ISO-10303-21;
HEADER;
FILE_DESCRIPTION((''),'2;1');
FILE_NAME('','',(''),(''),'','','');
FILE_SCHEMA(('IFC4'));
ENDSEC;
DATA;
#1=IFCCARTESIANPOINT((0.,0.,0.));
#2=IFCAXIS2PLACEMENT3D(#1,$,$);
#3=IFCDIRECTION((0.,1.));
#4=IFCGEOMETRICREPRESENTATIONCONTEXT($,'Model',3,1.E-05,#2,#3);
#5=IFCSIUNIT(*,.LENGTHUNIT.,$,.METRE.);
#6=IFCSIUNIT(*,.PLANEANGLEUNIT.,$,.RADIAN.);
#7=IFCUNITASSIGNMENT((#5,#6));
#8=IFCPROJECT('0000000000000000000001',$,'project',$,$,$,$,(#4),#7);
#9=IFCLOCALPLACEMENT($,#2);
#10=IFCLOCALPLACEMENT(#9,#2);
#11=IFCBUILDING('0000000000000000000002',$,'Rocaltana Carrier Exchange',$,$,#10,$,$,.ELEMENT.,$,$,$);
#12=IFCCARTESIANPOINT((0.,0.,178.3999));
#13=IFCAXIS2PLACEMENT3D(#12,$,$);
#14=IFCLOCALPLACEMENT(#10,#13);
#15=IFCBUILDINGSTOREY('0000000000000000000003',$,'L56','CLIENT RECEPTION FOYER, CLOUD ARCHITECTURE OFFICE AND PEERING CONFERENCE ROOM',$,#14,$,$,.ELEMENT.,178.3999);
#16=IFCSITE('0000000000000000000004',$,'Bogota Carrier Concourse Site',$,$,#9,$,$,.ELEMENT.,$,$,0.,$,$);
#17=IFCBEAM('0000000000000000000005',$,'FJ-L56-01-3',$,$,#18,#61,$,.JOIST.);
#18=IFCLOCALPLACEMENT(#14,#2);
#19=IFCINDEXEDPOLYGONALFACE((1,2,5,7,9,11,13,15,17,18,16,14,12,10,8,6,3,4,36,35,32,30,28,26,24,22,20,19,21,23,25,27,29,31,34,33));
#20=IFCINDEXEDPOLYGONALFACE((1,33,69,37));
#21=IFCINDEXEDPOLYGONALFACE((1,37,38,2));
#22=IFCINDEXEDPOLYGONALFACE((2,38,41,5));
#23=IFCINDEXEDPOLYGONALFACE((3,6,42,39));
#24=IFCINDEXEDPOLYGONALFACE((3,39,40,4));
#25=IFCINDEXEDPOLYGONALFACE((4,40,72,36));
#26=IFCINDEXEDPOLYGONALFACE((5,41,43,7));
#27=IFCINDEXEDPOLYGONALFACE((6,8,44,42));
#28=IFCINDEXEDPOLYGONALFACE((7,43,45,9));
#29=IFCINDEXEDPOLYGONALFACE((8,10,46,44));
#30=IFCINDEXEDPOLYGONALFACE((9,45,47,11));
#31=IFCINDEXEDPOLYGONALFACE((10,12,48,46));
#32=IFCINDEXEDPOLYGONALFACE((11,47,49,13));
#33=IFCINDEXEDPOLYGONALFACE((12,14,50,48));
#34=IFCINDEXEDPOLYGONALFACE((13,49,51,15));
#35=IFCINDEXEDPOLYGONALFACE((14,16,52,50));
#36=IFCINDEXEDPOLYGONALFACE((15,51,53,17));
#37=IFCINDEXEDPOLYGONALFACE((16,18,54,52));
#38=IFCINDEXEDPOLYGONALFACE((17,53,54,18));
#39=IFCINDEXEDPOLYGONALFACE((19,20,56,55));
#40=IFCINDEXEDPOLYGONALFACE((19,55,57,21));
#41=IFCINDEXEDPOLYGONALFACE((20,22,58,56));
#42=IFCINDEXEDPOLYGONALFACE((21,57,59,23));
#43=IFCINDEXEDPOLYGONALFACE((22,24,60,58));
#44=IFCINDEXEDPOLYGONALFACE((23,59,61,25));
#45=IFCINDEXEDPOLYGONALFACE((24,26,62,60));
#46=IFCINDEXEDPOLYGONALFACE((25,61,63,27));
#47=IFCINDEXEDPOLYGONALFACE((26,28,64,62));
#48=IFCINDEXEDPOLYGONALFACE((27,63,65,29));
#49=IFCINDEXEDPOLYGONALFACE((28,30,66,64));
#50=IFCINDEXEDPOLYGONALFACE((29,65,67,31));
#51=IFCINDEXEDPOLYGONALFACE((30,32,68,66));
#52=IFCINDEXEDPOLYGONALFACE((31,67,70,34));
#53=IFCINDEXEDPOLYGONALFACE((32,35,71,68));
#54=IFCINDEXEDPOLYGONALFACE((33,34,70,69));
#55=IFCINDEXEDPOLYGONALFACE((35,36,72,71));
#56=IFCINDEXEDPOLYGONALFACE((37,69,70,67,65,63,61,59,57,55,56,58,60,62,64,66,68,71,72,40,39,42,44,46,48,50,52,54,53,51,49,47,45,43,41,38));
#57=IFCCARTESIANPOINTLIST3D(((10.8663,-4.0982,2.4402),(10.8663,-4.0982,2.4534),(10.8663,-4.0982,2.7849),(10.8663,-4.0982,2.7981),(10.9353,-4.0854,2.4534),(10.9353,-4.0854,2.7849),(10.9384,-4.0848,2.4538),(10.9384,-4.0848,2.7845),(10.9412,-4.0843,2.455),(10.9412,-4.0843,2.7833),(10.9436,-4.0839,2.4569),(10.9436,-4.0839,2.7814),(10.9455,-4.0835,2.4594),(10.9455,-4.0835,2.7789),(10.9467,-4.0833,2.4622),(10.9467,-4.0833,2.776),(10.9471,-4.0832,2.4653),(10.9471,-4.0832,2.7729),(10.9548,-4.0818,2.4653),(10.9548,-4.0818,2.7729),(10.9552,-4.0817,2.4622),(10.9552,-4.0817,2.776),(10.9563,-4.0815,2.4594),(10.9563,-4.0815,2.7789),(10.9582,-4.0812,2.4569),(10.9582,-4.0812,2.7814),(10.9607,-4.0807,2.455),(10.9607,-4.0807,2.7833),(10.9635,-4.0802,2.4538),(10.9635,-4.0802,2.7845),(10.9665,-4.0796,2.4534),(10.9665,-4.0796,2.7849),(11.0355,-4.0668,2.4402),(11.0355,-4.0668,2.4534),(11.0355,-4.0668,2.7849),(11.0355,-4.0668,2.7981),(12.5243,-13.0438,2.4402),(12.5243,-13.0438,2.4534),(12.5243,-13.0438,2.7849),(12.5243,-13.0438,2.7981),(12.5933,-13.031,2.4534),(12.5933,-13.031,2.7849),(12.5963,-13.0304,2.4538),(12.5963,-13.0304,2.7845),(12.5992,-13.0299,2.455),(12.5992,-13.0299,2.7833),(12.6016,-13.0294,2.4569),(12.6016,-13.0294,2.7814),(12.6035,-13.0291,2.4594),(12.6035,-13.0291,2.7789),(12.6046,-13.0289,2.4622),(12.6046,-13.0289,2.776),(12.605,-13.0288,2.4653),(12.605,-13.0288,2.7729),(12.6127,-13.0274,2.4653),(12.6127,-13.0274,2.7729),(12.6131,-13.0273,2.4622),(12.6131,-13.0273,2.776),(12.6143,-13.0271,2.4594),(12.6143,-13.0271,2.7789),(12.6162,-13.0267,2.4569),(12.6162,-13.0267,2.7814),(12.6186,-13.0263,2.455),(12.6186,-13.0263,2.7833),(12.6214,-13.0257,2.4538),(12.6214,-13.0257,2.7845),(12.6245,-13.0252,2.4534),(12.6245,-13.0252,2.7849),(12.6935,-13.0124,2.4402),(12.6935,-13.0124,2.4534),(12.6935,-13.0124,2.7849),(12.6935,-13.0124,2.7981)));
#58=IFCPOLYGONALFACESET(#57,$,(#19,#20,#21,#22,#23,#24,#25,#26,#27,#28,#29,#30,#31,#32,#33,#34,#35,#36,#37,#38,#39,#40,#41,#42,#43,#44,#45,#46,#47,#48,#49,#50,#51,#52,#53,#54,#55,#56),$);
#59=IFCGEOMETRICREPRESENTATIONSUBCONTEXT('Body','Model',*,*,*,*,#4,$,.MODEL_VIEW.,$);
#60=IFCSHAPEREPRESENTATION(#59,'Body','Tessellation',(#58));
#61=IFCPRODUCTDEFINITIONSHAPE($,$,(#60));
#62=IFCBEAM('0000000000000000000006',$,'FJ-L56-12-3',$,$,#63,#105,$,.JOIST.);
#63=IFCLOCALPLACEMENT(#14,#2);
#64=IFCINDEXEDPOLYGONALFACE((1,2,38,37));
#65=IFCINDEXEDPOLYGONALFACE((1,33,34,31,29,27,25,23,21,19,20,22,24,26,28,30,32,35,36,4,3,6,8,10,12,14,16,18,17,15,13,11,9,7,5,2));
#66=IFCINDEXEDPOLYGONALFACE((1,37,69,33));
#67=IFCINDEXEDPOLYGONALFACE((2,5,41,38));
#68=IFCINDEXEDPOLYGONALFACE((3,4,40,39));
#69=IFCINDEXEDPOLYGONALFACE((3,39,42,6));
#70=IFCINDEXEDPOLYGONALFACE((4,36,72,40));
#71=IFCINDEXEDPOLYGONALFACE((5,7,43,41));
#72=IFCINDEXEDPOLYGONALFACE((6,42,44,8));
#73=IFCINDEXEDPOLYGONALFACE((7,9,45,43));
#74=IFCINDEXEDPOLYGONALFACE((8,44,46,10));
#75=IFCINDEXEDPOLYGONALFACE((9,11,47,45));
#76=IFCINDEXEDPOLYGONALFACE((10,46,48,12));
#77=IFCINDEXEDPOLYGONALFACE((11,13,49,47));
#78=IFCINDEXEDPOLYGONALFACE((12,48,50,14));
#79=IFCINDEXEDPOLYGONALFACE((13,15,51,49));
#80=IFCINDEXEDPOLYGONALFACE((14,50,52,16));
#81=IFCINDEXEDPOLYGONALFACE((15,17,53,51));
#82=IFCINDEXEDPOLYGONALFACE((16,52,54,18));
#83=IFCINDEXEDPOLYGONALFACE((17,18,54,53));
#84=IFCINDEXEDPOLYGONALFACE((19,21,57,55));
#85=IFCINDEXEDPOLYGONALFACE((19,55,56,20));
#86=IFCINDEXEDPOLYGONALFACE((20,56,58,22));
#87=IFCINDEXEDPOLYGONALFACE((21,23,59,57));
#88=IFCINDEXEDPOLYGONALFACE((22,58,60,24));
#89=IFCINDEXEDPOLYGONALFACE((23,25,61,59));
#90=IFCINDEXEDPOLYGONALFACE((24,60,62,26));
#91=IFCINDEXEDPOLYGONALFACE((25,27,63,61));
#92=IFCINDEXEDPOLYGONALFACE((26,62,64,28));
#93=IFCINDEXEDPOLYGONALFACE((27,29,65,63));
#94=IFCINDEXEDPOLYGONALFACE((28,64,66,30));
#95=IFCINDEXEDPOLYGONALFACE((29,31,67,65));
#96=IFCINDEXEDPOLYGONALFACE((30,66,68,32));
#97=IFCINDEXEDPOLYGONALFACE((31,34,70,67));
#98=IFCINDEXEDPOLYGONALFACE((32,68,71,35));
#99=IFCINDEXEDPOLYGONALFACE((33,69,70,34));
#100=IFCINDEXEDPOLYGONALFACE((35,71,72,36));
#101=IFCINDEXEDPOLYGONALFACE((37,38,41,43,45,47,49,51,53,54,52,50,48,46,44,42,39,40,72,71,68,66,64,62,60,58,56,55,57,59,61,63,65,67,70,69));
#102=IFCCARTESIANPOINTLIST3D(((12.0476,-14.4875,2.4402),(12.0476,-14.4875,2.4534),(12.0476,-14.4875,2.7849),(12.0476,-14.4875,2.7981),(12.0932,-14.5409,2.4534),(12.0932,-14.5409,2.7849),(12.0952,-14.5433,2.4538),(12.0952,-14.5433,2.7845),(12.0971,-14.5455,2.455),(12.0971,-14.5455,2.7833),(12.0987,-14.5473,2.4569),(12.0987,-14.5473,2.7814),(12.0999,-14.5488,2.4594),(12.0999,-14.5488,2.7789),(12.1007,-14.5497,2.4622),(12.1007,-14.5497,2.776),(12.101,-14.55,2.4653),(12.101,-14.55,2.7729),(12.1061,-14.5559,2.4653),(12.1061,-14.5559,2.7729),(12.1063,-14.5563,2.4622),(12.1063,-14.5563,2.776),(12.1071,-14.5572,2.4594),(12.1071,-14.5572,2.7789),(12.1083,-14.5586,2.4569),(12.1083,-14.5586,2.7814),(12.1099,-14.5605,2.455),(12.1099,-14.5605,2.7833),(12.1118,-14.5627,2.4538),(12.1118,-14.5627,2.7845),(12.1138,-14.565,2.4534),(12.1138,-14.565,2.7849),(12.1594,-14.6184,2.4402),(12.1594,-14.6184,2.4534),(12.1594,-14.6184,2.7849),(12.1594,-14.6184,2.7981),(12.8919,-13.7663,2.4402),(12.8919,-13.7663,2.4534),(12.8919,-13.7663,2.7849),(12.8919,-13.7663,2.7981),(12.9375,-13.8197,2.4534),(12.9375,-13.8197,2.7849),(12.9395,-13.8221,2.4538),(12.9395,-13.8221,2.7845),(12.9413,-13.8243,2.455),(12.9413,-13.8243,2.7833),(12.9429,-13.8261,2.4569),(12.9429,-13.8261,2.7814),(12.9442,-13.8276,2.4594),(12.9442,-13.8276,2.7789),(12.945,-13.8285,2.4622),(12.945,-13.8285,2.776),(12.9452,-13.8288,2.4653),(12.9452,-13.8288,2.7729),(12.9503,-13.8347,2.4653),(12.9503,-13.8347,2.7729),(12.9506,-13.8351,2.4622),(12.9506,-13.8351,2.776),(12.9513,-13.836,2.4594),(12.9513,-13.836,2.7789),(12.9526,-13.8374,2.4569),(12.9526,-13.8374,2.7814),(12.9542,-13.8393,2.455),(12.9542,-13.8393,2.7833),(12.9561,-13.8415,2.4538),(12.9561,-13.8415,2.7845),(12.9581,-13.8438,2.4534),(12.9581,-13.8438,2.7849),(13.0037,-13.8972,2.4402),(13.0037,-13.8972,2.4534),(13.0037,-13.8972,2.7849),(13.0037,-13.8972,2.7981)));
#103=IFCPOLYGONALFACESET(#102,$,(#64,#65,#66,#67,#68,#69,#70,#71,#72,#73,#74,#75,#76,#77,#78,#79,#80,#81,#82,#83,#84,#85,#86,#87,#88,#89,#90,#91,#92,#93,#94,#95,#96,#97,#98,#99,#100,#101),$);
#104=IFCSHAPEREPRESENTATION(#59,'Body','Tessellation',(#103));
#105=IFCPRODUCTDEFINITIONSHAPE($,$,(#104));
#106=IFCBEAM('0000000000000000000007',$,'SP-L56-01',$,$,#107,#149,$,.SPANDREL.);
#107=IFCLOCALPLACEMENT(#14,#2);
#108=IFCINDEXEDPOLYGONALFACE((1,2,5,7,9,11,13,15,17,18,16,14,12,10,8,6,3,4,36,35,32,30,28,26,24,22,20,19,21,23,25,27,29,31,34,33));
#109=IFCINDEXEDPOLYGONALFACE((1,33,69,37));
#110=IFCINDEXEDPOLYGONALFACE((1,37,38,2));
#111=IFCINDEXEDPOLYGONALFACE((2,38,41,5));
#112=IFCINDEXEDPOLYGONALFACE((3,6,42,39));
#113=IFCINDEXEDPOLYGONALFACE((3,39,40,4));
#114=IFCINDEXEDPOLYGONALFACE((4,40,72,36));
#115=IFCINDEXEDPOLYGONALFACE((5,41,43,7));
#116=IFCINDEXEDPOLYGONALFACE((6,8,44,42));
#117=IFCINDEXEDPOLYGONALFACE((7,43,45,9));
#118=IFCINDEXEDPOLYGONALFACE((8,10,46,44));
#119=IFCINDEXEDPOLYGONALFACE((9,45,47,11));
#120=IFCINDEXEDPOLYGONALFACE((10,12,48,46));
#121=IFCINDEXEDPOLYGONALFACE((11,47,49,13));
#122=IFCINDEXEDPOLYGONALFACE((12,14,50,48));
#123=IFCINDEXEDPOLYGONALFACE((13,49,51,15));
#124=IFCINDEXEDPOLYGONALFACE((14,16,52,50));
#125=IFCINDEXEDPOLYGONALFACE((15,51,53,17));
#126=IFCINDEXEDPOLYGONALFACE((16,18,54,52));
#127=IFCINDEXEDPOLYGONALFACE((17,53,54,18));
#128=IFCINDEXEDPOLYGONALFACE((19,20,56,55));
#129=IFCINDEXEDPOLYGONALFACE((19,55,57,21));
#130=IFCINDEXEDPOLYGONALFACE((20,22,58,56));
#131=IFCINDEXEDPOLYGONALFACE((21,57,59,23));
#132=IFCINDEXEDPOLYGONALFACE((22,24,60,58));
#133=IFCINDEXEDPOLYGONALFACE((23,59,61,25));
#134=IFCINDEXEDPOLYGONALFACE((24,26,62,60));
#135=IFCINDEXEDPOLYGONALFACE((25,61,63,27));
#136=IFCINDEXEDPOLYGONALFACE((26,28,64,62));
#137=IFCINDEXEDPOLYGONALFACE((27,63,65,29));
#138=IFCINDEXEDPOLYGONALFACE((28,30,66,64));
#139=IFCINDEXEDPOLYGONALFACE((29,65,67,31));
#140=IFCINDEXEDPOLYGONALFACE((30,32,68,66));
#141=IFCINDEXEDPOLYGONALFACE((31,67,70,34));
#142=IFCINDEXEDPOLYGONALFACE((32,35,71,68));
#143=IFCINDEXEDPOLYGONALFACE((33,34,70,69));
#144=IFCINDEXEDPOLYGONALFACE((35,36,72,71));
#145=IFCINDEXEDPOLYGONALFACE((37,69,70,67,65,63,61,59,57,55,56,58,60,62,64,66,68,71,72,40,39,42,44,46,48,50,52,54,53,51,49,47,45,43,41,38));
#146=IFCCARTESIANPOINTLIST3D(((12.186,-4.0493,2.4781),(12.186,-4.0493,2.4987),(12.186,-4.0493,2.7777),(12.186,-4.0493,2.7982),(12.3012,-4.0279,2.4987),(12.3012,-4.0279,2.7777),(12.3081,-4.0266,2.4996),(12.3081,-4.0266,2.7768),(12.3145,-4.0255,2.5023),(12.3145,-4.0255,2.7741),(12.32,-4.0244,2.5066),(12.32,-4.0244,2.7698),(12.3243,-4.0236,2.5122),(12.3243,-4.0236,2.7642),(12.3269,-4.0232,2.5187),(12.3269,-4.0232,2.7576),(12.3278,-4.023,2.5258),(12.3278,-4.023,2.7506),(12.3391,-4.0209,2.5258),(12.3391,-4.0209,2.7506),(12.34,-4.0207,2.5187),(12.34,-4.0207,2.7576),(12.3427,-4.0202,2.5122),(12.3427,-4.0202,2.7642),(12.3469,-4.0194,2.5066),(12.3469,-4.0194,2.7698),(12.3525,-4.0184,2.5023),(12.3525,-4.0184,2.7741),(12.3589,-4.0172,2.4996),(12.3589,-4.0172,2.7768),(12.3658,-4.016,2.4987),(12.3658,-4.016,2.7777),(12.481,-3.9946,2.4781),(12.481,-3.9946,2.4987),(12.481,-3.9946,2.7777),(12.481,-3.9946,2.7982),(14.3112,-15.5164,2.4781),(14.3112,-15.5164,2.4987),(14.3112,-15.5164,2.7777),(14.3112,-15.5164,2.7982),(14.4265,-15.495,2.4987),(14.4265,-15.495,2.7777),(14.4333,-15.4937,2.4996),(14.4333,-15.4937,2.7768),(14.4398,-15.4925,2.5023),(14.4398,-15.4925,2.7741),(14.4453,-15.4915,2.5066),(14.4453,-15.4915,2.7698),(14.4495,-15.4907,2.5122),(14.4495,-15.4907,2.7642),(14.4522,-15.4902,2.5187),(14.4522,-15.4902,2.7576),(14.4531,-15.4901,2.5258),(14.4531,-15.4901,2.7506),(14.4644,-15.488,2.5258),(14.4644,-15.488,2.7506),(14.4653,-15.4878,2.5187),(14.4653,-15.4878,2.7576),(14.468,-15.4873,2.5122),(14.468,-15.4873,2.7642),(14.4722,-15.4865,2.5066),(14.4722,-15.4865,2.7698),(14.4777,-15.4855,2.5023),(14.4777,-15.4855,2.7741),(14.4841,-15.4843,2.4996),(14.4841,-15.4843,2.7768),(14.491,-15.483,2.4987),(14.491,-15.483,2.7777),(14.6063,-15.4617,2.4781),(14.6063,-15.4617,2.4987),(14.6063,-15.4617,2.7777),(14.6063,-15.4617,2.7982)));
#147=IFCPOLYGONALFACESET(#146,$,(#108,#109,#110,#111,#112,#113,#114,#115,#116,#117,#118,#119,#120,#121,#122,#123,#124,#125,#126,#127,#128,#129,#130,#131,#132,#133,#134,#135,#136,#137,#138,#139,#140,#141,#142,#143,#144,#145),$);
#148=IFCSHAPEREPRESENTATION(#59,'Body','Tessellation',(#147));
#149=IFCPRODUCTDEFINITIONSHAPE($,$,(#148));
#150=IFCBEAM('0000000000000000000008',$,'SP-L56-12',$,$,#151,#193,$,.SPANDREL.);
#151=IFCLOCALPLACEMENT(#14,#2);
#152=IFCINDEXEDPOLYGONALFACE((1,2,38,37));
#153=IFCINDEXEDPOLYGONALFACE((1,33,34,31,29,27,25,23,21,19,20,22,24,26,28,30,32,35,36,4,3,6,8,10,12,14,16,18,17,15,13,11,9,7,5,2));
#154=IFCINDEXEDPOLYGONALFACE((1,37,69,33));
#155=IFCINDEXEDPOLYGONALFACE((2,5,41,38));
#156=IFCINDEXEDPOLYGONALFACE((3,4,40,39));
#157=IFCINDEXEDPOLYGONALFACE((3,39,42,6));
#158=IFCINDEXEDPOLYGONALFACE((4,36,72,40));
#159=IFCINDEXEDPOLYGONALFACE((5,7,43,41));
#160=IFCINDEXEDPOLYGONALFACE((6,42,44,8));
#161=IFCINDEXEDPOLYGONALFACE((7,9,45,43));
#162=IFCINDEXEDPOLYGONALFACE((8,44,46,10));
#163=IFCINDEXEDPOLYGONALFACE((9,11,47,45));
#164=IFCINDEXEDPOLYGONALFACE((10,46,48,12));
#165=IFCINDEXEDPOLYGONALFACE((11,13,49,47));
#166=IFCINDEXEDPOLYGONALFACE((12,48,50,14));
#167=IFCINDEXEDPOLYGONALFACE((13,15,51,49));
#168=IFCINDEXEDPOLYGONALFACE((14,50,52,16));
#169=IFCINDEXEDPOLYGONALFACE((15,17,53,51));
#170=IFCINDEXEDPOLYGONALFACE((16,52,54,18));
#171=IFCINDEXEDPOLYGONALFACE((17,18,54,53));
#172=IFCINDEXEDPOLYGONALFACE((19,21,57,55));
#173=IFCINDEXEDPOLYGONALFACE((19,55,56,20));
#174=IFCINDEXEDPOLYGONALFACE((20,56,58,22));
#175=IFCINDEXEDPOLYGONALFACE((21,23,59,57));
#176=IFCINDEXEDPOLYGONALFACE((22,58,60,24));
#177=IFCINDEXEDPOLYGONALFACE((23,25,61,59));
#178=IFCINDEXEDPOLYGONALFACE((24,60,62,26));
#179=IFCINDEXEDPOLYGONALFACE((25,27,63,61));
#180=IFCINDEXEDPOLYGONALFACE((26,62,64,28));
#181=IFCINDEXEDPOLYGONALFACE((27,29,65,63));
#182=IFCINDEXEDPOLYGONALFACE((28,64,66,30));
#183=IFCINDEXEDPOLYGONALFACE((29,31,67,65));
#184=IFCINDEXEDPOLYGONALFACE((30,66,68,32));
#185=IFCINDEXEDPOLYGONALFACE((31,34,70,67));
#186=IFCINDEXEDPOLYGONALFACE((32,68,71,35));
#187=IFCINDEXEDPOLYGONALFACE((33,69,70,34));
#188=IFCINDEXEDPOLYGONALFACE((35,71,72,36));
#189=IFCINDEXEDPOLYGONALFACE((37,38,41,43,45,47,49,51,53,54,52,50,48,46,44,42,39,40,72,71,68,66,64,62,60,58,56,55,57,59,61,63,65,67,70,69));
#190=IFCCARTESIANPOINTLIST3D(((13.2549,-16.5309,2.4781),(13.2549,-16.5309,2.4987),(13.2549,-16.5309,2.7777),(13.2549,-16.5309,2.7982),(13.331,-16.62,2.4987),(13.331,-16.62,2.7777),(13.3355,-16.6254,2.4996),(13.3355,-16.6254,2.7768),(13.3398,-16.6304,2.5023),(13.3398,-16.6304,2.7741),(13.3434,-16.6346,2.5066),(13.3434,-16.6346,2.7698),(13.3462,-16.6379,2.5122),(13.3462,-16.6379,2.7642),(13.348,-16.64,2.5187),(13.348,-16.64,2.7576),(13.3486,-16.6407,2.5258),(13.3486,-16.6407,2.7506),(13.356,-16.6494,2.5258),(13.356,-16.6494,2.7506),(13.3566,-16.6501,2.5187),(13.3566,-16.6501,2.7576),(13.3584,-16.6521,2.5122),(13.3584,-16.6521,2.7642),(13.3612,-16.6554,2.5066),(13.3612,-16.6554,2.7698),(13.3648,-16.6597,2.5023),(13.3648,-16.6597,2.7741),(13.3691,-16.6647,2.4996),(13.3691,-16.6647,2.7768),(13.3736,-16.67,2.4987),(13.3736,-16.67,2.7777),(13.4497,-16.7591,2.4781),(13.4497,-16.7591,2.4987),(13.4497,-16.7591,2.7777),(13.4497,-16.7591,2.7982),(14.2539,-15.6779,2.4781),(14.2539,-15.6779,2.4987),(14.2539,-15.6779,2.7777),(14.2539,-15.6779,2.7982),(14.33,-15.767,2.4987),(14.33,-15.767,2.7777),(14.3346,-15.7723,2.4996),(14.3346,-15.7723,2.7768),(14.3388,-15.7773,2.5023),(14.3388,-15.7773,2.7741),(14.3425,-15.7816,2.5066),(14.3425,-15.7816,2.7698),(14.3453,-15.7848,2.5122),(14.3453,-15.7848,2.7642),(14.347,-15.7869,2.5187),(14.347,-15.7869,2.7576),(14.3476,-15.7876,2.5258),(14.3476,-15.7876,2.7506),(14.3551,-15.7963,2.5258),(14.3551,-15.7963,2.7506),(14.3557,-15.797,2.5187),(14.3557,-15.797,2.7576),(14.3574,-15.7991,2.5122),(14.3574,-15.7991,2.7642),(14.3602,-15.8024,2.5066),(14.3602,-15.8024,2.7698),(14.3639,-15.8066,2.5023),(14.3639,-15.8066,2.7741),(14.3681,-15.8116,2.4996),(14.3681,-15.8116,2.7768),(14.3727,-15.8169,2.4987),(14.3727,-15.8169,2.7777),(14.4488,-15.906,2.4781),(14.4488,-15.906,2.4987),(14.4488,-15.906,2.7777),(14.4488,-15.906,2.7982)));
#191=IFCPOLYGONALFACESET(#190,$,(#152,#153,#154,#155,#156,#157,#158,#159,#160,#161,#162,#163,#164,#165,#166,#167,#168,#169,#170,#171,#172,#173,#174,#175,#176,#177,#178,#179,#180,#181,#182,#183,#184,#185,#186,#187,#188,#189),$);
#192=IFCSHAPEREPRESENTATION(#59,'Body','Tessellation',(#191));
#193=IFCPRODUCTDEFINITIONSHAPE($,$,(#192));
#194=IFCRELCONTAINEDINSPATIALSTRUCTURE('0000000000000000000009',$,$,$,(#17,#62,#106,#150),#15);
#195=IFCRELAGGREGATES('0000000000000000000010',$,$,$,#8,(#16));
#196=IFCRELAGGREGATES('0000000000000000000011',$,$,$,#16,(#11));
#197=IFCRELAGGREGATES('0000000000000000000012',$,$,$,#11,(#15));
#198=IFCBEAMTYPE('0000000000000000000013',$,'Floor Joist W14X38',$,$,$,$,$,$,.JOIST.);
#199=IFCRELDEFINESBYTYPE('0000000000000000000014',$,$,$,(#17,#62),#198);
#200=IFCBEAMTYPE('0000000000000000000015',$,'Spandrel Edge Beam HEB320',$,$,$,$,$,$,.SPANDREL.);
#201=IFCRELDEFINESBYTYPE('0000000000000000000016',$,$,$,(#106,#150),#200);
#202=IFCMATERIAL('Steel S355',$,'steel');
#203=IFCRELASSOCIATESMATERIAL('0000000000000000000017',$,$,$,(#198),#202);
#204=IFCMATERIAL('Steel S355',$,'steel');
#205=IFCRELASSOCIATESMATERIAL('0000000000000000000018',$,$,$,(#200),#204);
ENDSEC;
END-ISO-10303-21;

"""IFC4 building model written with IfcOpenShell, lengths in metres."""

from ifc_helpers import new_model, si_unit, direction, frame, origin, origin_2d, place, context, subcontext, project, spatial, i_section, extrude, material, material_profile, profile_set, type_object, element, save


model = new_model("IFC4")

# Units and contexts
model_context = context("Model", 3, precision=1e-05, world=origin(), true_north=direction((0.0, 1.0)))
body_context = subcontext(model_context, "Body", "Model", "MODEL_VIEW")
ifc_project = project(units=[si_unit("LENGTHUNIT", "METRE"), si_unit("PLANEANGLEUNIT", "RADIAN")], contexts=[model_context])

# Site, building, storey
site_placement = place(None, origin())
site = spatial("IfcSite", under=ifc_project, at=site_placement, Name="Bogota Carrier Concourse Site", CompositionType="ELEMENT", RefElevation=0.0)
building_placement = place(site_placement, origin())
building = spatial("IfcBuilding", under=site, at=building_placement, Name="Rocaltana Carrier Exchange", CompositionType="ELEMENT")
storey_placement = place(building_placement, frame((0.0, 0.0, 178.3999)))
storey = spatial("IfcBuildingStorey", under=building, at=storey_placement, Name="L56", Description="CLIENT RECEPTION FOYER, CLOUD ARCHITECTURE OFFICE AND PEERING CONFERENCE ROOM", CompositionType="ELEMENT", Elevation=178.3999)

# Beams
ifc_material_1 = material(Name="Steel S355", Category="steel")
ifc_material_profile_1 = material_profile(ifc_material_1, i_section(OverallWidth=0.1721, OverallDepth=0.3579, WebThickness=0.0078, FlangeThickness=0.0132, FilletRadius=0.012, at=origin_2d()), Name="W14X38")
ifc_profile_set_1 = profile_set([ifc_material_profile_1], Name="Steel S355")
beam_type_1 = type_object("IfcBeamType", Name="Floor Joist W14X38", PredefinedType="JOIST", material=ifc_profile_set_1)
beam_1_placement = place(storey_placement, frame((12.6089, -13.0281, 2.6191), z_axis=(-0.182235, 0.983255, 0.0), x_axis=(-0.983255, -0.182235, 0.0)))
element("IfcBeam", 1, at=beam_1_placement, inside=storey, type_object=beam_type_1, Name="FJ-L56-01-3", PredefinedType="JOIST", context=body_context, shape_type="SweptSolid", body=[
    extrude(i_section(OverallWidth=0.1721, OverallDepth=0.3579, WebThickness=0.0078, FlangeThickness=0.0132, FilletRadius=0.012, at=origin_2d()), origin(), (0.0, 0.0, 1.0), 9.0979),
])
beam_2_placement = place(storey_placement, frame((12.1035, -14.553, 2.6191), z_axis=(0.760342, 0.649523, 0.0), x_axis=(-0.649523, 0.760342, 0.0)))
element("IfcBeam", 2, at=beam_2_placement, inside=storey, type_object=beam_type_1, Name="FJ-L56-12-3", PredefinedType="JOIST", context=body_context, shape_type="SweptSolid", body=[
    extrude(i_section(OverallWidth=0.1721, OverallDepth=0.3579, WebThickness=0.0078, FlangeThickness=0.0132, FilletRadius=0.012, at=origin_2d()), origin(), (0.0, 0.0, 1.0), 1.1104),
])
ifc_material_2 = material(Name="Steel S355", Category="steel")
ifc_material_profile_2 = material_profile(ifc_material_2, i_section(OverallWidth=0.3, OverallDepth=0.3201, WebThickness=0.0115, FlangeThickness=0.0205, FilletRadius=0.0271, at=origin_2d()), Name="HEB320")
ifc_profile_set_2 = profile_set([ifc_material_profile_2], Name="Steel S355")
beam_type_2 = type_object("IfcBeamType", Name="Spandrel Edge Beam HEB320", PredefinedType="SPANDREL", material=ifc_profile_set_2)
beam_3_placement = place(storey_placement, frame((14.4587, -15.489, 2.6382), z_axis=(-0.182232, 0.983256, 0.0), x_axis=(-0.983256, -0.182232, 0.0)))
element("IfcBeam", 3, at=beam_3_placement, inside=storey, type_object=beam_type_2, Name="SP-L56-01", PredefinedType="SPANDREL", context=body_context, shape_type="SweptSolid", body=[
    extrude(i_section(OverallWidth=0.3, OverallDepth=0.3201, WebThickness=0.0115, FlangeThickness=0.0205, FilletRadius=0.0271, at=origin_2d()), origin(), (0.0, 0.0, 1.0), 11.6624),
])
beam_4_placement = place(storey_placement, frame((13.3523, -16.645, 2.6382), z_axis=(0.760488, 0.649352, 0.0), x_axis=(-0.649352, 0.760488, 0.0)))
element("IfcBeam", 4, at=beam_4_placement, inside=storey, type_object=beam_type_2, Name="SP-L56-12", PredefinedType="SPANDREL", context=body_context, shape_type="SweptSolid", body=[
    extrude(i_section(OverallWidth=0.3, OverallDepth=0.3201, WebThickness=0.0115, FlangeThickness=0.0205, FilletRadius=0.0271, at=origin_2d()), origin(), (0.0, 0.0, 1.0), 1.3137),
])

save(model, "model.ifc")
